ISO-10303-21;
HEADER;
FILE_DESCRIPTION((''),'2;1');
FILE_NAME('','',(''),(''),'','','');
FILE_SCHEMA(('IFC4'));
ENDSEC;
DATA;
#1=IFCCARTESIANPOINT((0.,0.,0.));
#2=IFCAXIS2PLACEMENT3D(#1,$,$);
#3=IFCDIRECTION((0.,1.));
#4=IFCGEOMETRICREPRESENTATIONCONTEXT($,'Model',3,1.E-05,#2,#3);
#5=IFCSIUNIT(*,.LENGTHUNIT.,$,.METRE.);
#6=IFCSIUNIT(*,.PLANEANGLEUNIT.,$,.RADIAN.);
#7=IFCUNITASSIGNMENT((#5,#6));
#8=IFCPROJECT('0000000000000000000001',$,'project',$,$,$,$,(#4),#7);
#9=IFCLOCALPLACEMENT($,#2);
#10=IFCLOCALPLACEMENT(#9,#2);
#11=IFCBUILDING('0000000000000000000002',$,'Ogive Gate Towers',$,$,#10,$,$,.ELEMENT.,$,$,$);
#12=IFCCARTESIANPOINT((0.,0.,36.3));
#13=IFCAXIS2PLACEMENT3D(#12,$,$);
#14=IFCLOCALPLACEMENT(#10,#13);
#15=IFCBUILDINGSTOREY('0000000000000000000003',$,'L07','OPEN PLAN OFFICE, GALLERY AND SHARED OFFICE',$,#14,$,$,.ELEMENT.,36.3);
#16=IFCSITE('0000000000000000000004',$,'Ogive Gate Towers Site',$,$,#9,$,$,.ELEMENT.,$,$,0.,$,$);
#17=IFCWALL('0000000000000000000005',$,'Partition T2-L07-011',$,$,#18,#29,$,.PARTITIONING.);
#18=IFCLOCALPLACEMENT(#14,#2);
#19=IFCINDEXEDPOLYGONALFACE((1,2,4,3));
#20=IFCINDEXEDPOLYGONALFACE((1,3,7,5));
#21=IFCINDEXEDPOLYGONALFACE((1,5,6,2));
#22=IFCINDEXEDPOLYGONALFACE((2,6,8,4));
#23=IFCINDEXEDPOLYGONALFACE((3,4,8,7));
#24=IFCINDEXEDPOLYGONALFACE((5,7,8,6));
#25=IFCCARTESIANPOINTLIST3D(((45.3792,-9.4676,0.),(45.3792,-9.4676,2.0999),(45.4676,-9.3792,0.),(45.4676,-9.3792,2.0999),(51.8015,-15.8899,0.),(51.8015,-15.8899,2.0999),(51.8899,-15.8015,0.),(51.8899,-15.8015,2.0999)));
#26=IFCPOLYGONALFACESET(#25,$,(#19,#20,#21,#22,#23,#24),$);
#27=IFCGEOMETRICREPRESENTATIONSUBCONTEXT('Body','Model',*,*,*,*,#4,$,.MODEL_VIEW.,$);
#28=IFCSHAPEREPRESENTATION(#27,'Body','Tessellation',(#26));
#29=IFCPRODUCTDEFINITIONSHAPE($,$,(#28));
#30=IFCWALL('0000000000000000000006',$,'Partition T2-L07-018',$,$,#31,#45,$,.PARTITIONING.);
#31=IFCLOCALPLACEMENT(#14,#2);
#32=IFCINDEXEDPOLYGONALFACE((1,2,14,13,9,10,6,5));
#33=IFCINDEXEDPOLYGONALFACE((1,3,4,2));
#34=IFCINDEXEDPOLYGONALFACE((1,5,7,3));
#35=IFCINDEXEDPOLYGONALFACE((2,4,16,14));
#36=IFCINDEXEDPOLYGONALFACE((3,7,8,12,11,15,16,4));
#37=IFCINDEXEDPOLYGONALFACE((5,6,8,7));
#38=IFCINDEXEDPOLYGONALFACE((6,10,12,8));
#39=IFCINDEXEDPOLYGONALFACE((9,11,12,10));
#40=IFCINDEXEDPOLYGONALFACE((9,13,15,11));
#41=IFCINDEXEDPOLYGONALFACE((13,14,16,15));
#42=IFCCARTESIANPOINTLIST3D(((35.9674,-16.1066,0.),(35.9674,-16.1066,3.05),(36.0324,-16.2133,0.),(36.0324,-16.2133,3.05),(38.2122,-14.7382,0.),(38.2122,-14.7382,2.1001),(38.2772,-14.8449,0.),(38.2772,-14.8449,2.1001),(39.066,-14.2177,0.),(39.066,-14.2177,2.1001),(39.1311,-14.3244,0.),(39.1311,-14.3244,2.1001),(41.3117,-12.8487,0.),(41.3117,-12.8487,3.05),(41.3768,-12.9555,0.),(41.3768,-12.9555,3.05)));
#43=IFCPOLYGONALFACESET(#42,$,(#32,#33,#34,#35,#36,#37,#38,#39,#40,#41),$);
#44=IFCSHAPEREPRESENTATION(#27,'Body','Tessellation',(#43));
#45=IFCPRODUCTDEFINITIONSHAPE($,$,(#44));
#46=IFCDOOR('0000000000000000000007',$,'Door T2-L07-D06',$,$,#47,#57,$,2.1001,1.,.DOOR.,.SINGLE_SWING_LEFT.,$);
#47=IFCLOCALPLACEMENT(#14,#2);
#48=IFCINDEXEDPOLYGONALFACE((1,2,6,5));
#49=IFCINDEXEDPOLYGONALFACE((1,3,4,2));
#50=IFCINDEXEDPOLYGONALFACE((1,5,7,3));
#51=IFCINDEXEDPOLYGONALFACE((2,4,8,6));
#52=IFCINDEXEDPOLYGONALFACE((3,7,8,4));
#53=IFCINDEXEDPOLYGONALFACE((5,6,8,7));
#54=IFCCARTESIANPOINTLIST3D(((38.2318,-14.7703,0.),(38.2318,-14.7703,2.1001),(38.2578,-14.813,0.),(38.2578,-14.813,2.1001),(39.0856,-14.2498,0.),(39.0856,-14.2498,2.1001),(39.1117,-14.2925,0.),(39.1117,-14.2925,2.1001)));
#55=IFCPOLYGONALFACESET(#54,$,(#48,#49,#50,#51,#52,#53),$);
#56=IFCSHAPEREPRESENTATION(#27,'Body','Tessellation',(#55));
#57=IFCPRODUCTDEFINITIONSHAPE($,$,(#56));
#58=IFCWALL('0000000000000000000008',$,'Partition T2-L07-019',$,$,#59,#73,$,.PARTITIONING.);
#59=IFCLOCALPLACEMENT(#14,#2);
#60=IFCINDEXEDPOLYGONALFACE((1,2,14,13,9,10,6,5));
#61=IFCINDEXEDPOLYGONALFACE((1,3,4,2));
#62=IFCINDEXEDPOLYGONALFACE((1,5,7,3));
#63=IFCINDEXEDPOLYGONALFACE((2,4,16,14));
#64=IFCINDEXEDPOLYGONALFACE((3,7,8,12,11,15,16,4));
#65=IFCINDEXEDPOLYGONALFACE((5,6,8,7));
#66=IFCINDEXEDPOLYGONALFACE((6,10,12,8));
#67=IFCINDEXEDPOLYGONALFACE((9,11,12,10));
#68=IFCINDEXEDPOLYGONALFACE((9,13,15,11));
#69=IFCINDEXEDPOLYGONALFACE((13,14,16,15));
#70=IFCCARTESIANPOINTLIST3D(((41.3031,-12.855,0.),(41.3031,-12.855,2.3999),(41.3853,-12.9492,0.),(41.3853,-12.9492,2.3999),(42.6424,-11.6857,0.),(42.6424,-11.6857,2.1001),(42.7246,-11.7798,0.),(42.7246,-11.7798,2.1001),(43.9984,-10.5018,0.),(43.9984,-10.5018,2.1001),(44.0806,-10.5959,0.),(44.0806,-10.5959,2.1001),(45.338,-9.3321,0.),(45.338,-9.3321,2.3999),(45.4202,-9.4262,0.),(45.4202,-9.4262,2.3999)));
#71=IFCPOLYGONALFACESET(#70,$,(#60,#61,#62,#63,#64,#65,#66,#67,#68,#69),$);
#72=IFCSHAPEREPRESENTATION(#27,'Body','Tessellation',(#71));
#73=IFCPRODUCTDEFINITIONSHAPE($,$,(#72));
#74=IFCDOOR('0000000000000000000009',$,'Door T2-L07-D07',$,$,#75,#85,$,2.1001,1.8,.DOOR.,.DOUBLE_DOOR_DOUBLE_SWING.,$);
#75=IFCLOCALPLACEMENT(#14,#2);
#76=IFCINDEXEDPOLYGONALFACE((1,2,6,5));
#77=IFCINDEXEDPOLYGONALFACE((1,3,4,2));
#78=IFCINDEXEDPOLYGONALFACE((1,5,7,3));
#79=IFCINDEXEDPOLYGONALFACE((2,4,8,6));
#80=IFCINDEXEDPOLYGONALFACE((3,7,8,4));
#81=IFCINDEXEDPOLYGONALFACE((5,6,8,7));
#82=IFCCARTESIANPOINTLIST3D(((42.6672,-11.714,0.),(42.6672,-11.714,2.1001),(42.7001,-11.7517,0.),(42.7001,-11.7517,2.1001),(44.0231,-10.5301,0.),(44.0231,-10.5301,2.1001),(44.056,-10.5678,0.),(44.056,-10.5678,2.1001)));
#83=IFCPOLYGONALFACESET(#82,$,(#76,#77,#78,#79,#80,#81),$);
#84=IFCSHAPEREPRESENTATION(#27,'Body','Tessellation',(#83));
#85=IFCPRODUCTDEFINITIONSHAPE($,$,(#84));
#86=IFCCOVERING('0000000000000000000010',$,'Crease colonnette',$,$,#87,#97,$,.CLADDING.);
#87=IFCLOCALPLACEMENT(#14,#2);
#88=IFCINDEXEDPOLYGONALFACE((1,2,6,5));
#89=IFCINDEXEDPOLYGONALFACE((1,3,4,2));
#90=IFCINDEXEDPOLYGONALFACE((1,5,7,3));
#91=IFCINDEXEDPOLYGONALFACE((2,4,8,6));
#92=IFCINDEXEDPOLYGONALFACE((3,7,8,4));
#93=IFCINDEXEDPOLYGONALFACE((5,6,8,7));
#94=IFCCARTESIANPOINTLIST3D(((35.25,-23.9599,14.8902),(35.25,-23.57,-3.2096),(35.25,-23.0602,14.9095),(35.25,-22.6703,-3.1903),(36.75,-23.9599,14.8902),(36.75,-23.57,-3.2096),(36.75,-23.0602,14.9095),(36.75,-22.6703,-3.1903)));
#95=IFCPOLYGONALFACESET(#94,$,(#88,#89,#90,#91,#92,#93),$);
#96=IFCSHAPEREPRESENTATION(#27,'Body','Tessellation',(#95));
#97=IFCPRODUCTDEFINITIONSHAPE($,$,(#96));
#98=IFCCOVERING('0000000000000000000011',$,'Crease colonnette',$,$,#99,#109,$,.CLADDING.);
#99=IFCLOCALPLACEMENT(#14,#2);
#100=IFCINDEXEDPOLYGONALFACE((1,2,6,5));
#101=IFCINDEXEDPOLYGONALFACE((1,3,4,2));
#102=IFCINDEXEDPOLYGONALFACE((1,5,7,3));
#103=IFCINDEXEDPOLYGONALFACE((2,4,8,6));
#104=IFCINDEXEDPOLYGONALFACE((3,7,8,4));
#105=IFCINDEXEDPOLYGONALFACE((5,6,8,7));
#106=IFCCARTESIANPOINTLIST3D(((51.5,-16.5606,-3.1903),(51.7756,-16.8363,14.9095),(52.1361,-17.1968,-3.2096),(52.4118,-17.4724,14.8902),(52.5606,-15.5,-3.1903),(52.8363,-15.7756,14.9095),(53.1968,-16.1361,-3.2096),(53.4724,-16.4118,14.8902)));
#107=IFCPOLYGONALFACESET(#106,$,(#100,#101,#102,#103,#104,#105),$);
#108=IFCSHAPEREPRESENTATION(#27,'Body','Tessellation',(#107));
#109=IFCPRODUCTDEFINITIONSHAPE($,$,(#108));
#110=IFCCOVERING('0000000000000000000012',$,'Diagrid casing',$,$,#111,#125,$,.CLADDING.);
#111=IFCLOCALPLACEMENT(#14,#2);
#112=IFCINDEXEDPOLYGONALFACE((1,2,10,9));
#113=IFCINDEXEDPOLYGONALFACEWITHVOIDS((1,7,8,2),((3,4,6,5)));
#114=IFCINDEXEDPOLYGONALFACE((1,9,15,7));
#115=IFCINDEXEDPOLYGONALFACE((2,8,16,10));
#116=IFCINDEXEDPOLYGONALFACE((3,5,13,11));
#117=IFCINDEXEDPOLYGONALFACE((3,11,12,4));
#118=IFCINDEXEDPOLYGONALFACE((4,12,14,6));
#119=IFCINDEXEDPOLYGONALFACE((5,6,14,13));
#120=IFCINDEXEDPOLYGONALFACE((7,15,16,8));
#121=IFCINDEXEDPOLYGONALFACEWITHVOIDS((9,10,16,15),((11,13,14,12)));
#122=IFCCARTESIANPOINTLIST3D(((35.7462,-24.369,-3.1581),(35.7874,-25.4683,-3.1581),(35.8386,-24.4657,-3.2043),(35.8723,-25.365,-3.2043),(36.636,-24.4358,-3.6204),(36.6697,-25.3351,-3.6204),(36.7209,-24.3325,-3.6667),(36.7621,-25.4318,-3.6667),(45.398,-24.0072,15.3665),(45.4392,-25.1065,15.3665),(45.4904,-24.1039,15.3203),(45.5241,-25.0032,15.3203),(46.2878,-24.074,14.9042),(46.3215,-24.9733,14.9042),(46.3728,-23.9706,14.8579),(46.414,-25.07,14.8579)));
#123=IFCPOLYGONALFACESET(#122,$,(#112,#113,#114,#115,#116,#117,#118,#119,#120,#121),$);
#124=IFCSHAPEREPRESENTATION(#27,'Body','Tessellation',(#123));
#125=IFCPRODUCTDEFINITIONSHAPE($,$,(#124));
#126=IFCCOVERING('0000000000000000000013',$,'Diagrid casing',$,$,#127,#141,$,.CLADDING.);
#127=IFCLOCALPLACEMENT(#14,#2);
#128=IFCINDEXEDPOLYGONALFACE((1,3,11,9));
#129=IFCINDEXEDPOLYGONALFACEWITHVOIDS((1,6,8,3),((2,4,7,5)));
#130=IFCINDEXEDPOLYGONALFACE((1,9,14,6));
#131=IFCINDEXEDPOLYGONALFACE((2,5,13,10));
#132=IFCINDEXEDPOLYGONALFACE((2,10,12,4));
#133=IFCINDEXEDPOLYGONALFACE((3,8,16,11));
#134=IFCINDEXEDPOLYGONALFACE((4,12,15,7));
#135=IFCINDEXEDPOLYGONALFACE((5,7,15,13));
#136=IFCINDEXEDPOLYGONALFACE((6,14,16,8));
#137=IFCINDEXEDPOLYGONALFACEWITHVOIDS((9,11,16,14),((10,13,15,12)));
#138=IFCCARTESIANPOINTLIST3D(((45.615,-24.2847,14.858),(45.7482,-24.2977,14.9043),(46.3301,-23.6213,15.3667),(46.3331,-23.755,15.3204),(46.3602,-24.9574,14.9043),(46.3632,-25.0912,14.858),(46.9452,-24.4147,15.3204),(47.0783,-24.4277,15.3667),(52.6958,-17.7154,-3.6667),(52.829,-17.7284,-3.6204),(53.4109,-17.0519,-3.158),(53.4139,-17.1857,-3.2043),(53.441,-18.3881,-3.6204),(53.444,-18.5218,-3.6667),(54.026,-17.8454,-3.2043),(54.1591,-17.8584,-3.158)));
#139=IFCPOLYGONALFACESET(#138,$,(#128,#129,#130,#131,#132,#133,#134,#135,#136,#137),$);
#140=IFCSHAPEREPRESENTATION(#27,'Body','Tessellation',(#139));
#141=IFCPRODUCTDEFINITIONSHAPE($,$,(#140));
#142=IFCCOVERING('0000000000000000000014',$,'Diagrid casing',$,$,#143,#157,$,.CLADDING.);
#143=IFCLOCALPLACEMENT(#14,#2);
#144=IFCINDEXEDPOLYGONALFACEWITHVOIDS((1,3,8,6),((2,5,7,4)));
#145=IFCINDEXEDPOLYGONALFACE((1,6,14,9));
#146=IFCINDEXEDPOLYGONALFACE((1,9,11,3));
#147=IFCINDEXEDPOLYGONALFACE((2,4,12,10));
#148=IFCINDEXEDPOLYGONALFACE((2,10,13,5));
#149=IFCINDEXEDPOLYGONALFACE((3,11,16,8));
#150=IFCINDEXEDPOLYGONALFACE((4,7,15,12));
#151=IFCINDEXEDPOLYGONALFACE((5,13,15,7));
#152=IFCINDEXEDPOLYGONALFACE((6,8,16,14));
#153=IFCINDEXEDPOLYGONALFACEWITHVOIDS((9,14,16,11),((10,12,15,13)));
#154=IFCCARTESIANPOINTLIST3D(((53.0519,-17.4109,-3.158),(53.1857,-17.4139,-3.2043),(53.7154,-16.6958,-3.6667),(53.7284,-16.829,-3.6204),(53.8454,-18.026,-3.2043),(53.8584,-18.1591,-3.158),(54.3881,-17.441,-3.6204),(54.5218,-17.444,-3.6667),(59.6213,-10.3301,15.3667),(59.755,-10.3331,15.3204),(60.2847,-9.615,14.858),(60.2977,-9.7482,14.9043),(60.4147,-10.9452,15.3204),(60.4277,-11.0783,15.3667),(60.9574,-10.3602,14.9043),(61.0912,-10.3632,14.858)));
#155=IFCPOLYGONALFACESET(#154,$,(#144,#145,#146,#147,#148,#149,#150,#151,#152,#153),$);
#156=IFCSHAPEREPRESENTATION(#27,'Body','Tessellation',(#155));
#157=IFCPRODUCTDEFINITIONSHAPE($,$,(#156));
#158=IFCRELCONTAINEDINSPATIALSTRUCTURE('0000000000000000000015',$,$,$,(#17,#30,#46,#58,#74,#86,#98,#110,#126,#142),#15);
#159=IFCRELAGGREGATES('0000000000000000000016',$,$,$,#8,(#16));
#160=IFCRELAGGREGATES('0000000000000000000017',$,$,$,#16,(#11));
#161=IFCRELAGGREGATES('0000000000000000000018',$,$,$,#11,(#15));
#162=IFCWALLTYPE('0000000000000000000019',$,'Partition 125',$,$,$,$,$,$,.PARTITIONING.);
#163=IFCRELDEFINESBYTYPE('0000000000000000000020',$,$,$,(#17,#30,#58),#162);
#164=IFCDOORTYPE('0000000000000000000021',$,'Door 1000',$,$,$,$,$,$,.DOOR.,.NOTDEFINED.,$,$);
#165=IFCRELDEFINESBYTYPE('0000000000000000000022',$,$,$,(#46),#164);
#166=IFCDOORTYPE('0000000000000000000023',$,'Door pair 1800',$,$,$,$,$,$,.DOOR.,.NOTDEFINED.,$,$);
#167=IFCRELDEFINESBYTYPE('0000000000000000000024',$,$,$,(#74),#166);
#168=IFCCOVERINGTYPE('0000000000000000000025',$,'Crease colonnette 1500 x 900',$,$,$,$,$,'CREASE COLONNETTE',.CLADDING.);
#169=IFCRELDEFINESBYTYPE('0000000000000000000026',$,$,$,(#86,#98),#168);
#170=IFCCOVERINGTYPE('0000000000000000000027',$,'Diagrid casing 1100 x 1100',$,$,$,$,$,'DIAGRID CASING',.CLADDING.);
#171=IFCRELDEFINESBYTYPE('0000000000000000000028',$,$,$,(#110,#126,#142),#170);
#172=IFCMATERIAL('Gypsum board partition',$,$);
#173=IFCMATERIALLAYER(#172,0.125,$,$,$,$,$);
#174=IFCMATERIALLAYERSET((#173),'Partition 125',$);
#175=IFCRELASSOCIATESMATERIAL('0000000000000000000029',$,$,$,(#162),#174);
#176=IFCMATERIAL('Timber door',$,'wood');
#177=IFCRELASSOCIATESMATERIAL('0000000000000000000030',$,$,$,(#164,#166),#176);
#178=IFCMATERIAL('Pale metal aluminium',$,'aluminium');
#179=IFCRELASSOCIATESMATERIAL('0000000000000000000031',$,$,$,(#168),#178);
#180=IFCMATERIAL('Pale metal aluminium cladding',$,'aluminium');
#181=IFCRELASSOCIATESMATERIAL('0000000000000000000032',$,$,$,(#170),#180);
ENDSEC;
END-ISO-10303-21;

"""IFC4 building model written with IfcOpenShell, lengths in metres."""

from ifc_helpers import new_model, si_unit, direction, frame, frame_2d, origin, origin_2d, place, context, subcontext, project, spatial, rectangle, hollow_rectangle, extrude, material, layer, layer_set, material_profile, profile_set, type_object, element, fill, save


model = new_model("IFC4")

# Units and contexts
model_context = context("Model", 3, precision=1e-05, world=origin(), true_north=direction((0.0, 1.0)))
body_context = subcontext(model_context, "Body", "Model", "MODEL_VIEW")
ifc_project = project(units=[si_unit("LENGTHUNIT", "METRE"), si_unit("PLANEANGLEUNIT", "RADIAN")], contexts=[model_context])

# Site, building, storey
site_placement = place(None, origin())
site = spatial("IfcSite", under=ifc_project, at=site_placement, Name="Ogive Gate Towers Site", CompositionType="ELEMENT", RefElevation=0.0)
building_placement = place(site_placement, origin())
building = spatial("IfcBuilding", under=site, at=building_placement, Name="Ogive Gate Towers", CompositionType="ELEMENT")
storey_placement = place(building_placement, frame((0.0, 0.0, 36.3)))
storey = spatial("IfcBuildingStorey", under=building, at=storey_placement, Name="L07", Description="OPEN PLAN OFFICE, GALLERY AND SHARED OFFICE", CompositionType="ELEMENT", Elevation=36.3)

# Shared definitions
ifc_material_1 = material(Name="Timber door", Category="wood")

# Wall
ifc_material_2 = material(Name="Gypsum board partition")
ifc_layer_1 = layer(ifc_material_2, 0.125)
ifc_layer_set_1 = layer_set([ifc_layer_1], Name="Partition 125")
wall_type_1 = type_object("IfcWallType", Name="Partition 125", PredefinedType="PARTITIONING", material=ifc_layer_set_1)
wall_1_placement = place(storey_placement, frame((51.8457, -15.8457, 0.0), z_axis=(0.0, 0.0, 1.0), x_axis=(-0.707107, 0.707107, 0.0)))
element("IfcWall", 1, at=wall_1_placement, inside=storey, type_object=wall_type_1, Name="Partition T2-L07-011", PredefinedType="PARTITIONING", context=body_context, shape_type="SweptSolid", body=[
    extrude(rectangle(XDim=9.0825, YDim=0.125, at=frame_2d((4.5413, 0.0))), origin(), (0.0, 0.0, 1.0), 2.0999),
])

# Walls, openings, doors
wall_2_placement = place(storey_placement, frame((36.0, -16.1599, 0.0), z_axis=(0.0, 0.0, 1.0), x_axis=(0.853858, 0.520506, 0.0)))
wall_2 = element("IfcWall", 2, at=wall_2_placement, inside=storey, type_object=wall_type_1, Name="Partition T2-L07-018", PredefinedType="PARTITIONING", context=body_context, shape_type="SweptSolid", body=[
    extrude(rectangle(XDim=6.259, YDim=0.125, at=frame_2d((3.1294, 0.0))), origin(), (0.0, 0.0, 1.0), 3.05),
])
opening_1_placement = place(wall_2_placement, frame((2.6289, 0.0, 0.0)))
opening_1 = element("IfcOpeningElement", 3, at=opening_1_placement, cuts=wall_2, PredefinedType="OPENING", context=body_context, shape_type="SweptSolid", body=[
    extrude(rectangle(XDim=1.0, YDim=2.1001, at=frame_2d((0.5, 1.05))), frame((0.0, 0.0725, 0.0), z_axis=(0.0, -1.0, 0.0), x_axis=(1.0, 0.0, 0.0)), (0.0, 0.0, 1.0), 0.145),
])
door_type_1 = type_object("IfcDoorType", Name="Door 1000", OperationType="NOTDEFINED", PredefinedType="DOOR", material=ifc_material_1)
door_1_placement = place(opening_1_placement, origin())
door_1 = element("IfcDoor", 4, at=door_1_placement, inside=storey, type_object=door_type_1, Name="Door T2-L07-D06", OperationType="SINGLE_SWING_LEFT", OverallHeight=2.1001, OverallWidth=1.0, PredefinedType="DOOR", context=body_context, shape_type="SweptSolid", body=[
    extrude(rectangle(XDim=1.0, YDim=2.1001, at=frame_2d((0.5, 1.05))), frame((0.0, 0.0249, 0.0), z_axis=(0.0, -1.0, 0.0), x_axis=(1.0, 0.0, 0.0)), (0.0, 0.0, 1.0), 0.05),
])
fill(opening_1, door_1)
wall_3_placement = place(storey_placement, frame((41.3442, -12.9021, 0.0), z_axis=(0.0, 0.0, 1.0), x_axis=(0.753279, 0.657701, 0.0)))
wall_3 = element("IfcWall", 5, at=wall_3_placement, inside=storey, type_object=wall_type_1, Name="Partition T2-L07-019", PredefinedType="PARTITIONING", context=body_context, shape_type="SweptSolid", body=[
    extrude(rectangle(XDim=5.3564, YDim=0.125, at=frame_2d((2.6782, 0.0))), origin(), (0.0, 0.0, 1.0), 2.3999),
])
opening_2_placement = place(wall_3_placement, frame((1.7781, 0.0, 0.0)))
opening_2 = element("IfcOpeningElement", 6, at=opening_2_placement, cuts=wall_3, PredefinedType="OPENING", context=body_context, shape_type="SweptSolid", body=[
    extrude(rectangle(XDim=1.8, YDim=2.1001, at=frame_2d((0.8999, 1.05))), frame((0.0, 0.0725, 0.0), z_axis=(0.0, -1.0, 0.0), x_axis=(1.0, 0.0, 0.0)), (0.0, 0.0, 1.0), 0.145),
])
door_type_2 = type_object("IfcDoorType", Name="Door pair 1800", OperationType="NOTDEFINED", PredefinedType="DOOR", material=ifc_material_1)
door_2_placement = place(opening_2_placement, origin())
door_2 = element("IfcDoor", 7, at=door_2_placement, inside=storey, type_object=door_type_2, Name="Door T2-L07-D07", OperationType="DOUBLE_DOOR_DOUBLE_SWING", OverallHeight=2.1001, OverallWidth=1.8, PredefinedType="DOOR", context=body_context, shape_type="SweptSolid", body=[
    extrude(rectangle(XDim=1.8, YDim=2.1001, at=frame_2d((0.8999, 1.05))), frame((0.0, 0.0249, 0.0), z_axis=(0.0, -1.0, 0.0), x_axis=(1.0, 0.0, 0.0)), (0.0, 0.0, 1.0), 0.05),
])
fill(opening_2, door_2)

# Coverings
ifc_material_3 = material(Name="Pale metal aluminium", Category="aluminium")
ifc_material_profile_1 = material_profile(ifc_material_3, rectangle(XDim=1.5, YDim=0.8999, at=origin_2d()), Name="1500 x 900 pale metal aluminium")
ifc_profile_set_1 = profile_set([ifc_material_profile_1], Name="Pale metal aluminium")
covering_type_1 = type_object("IfcCoveringType", Name="Crease colonnette 1500 x 900", ElementType="CREASE COLONNETTE", PredefinedType="CLADDING", material=ifc_profile_set_1)
for number, where, z_axis, x_axis, name in (
    (8, (36.0, -23.1201, -3.2), (0.0, -0.021536, 0.999768), (1.0, 0.0, 0.0), "Crease colonnette"),
    (9, (52.3484, -16.3484, -3.2), (0.015225, -0.015225, 0.999768), (0.707107, 0.707107, 0.0), "Crease colonnette"),
):
    element("IfcCovering", number, at=place(storey_placement, frame(where, z_axis=z_axis, x_axis=x_axis)), inside=storey, type_object=covering_type_1, Name=name, PredefinedType="CLADDING", context=body_context, shape_type="SweptSolid", body=[
        extrude(rectangle(XDim=1.5, YDim=0.8999, at=origin_2d()), origin(), (0.0, 0.0, 1.0), 18.104),
    ])
ifc_material_4 = material(Name="Pale metal aluminium cladding", Category="aluminium")
ifc_material_profile_2 = material_profile(ifc_material_4, hollow_rectangle(XDim=1.1001, YDim=1.1001, WallThickness=0.1001, at=origin_2d()), Name="1100 x 1100 pale metal casing")
ifc_profile_set_2 = profile_set([ifc_material_profile_2], Name="Pale metal aluminium cladding")
covering_type_2 = type_object("IfcCoveringType", Name="Diagrid casing 1100 x 1100", ElementType="DIAGRID CASING", PredefinedType="CLADDING", material=ifc_profile_set_2)
covering_placement = place(storey_placement, frame((36.2542, -24.9004, -3.4124), z_axis=(0.462001, 0.017319, 0.886711), x_axis=(-0.03746, 0.999298, 0.0)))
element("IfcCovering", 10, at=covering_placement, inside=storey, type_object=covering_type_2, Name="Diagrid casing", PredefinedType="CLADDING", context=body_context, shape_type="SweptSolid", body=[
    extrude(hollow_rectangle(XDim=1.1001, YDim=1.1001, WallThickness=0.1001, at=origin_2d()), origin(), (0.0, 0.0, 1.0), 20.8914),
])
for number, where, z_axis, x_axis, name in (
    (11, (53.4275, -17.7869, -3.4124), (-0.338932, -0.314449, 0.886706), (0.680134, -0.733088, 0.0), "Diagrid casing"),
    (12, (53.7869, -17.4275, -3.4124), (0.314449, 0.338932, 0.886706), (-0.733088, 0.680134, 0.0), "Diagrid casing"),
):
    element("IfcCovering", number, at=place(storey_placement, frame(where, z_axis=z_axis, x_axis=x_axis)), inside=storey, type_object=covering_type_2, Name=name, PredefinedType="CLADDING", context=body_context, shape_type="SweptSolid", body=[
        extrude(hollow_rectangle(XDim=1.1001, YDim=1.1001, WallThickness=0.1001, at=origin_2d()), origin(), (0.0, 0.0, 1.0), 20.8916),
    ])

save(model, "model.ifc")
